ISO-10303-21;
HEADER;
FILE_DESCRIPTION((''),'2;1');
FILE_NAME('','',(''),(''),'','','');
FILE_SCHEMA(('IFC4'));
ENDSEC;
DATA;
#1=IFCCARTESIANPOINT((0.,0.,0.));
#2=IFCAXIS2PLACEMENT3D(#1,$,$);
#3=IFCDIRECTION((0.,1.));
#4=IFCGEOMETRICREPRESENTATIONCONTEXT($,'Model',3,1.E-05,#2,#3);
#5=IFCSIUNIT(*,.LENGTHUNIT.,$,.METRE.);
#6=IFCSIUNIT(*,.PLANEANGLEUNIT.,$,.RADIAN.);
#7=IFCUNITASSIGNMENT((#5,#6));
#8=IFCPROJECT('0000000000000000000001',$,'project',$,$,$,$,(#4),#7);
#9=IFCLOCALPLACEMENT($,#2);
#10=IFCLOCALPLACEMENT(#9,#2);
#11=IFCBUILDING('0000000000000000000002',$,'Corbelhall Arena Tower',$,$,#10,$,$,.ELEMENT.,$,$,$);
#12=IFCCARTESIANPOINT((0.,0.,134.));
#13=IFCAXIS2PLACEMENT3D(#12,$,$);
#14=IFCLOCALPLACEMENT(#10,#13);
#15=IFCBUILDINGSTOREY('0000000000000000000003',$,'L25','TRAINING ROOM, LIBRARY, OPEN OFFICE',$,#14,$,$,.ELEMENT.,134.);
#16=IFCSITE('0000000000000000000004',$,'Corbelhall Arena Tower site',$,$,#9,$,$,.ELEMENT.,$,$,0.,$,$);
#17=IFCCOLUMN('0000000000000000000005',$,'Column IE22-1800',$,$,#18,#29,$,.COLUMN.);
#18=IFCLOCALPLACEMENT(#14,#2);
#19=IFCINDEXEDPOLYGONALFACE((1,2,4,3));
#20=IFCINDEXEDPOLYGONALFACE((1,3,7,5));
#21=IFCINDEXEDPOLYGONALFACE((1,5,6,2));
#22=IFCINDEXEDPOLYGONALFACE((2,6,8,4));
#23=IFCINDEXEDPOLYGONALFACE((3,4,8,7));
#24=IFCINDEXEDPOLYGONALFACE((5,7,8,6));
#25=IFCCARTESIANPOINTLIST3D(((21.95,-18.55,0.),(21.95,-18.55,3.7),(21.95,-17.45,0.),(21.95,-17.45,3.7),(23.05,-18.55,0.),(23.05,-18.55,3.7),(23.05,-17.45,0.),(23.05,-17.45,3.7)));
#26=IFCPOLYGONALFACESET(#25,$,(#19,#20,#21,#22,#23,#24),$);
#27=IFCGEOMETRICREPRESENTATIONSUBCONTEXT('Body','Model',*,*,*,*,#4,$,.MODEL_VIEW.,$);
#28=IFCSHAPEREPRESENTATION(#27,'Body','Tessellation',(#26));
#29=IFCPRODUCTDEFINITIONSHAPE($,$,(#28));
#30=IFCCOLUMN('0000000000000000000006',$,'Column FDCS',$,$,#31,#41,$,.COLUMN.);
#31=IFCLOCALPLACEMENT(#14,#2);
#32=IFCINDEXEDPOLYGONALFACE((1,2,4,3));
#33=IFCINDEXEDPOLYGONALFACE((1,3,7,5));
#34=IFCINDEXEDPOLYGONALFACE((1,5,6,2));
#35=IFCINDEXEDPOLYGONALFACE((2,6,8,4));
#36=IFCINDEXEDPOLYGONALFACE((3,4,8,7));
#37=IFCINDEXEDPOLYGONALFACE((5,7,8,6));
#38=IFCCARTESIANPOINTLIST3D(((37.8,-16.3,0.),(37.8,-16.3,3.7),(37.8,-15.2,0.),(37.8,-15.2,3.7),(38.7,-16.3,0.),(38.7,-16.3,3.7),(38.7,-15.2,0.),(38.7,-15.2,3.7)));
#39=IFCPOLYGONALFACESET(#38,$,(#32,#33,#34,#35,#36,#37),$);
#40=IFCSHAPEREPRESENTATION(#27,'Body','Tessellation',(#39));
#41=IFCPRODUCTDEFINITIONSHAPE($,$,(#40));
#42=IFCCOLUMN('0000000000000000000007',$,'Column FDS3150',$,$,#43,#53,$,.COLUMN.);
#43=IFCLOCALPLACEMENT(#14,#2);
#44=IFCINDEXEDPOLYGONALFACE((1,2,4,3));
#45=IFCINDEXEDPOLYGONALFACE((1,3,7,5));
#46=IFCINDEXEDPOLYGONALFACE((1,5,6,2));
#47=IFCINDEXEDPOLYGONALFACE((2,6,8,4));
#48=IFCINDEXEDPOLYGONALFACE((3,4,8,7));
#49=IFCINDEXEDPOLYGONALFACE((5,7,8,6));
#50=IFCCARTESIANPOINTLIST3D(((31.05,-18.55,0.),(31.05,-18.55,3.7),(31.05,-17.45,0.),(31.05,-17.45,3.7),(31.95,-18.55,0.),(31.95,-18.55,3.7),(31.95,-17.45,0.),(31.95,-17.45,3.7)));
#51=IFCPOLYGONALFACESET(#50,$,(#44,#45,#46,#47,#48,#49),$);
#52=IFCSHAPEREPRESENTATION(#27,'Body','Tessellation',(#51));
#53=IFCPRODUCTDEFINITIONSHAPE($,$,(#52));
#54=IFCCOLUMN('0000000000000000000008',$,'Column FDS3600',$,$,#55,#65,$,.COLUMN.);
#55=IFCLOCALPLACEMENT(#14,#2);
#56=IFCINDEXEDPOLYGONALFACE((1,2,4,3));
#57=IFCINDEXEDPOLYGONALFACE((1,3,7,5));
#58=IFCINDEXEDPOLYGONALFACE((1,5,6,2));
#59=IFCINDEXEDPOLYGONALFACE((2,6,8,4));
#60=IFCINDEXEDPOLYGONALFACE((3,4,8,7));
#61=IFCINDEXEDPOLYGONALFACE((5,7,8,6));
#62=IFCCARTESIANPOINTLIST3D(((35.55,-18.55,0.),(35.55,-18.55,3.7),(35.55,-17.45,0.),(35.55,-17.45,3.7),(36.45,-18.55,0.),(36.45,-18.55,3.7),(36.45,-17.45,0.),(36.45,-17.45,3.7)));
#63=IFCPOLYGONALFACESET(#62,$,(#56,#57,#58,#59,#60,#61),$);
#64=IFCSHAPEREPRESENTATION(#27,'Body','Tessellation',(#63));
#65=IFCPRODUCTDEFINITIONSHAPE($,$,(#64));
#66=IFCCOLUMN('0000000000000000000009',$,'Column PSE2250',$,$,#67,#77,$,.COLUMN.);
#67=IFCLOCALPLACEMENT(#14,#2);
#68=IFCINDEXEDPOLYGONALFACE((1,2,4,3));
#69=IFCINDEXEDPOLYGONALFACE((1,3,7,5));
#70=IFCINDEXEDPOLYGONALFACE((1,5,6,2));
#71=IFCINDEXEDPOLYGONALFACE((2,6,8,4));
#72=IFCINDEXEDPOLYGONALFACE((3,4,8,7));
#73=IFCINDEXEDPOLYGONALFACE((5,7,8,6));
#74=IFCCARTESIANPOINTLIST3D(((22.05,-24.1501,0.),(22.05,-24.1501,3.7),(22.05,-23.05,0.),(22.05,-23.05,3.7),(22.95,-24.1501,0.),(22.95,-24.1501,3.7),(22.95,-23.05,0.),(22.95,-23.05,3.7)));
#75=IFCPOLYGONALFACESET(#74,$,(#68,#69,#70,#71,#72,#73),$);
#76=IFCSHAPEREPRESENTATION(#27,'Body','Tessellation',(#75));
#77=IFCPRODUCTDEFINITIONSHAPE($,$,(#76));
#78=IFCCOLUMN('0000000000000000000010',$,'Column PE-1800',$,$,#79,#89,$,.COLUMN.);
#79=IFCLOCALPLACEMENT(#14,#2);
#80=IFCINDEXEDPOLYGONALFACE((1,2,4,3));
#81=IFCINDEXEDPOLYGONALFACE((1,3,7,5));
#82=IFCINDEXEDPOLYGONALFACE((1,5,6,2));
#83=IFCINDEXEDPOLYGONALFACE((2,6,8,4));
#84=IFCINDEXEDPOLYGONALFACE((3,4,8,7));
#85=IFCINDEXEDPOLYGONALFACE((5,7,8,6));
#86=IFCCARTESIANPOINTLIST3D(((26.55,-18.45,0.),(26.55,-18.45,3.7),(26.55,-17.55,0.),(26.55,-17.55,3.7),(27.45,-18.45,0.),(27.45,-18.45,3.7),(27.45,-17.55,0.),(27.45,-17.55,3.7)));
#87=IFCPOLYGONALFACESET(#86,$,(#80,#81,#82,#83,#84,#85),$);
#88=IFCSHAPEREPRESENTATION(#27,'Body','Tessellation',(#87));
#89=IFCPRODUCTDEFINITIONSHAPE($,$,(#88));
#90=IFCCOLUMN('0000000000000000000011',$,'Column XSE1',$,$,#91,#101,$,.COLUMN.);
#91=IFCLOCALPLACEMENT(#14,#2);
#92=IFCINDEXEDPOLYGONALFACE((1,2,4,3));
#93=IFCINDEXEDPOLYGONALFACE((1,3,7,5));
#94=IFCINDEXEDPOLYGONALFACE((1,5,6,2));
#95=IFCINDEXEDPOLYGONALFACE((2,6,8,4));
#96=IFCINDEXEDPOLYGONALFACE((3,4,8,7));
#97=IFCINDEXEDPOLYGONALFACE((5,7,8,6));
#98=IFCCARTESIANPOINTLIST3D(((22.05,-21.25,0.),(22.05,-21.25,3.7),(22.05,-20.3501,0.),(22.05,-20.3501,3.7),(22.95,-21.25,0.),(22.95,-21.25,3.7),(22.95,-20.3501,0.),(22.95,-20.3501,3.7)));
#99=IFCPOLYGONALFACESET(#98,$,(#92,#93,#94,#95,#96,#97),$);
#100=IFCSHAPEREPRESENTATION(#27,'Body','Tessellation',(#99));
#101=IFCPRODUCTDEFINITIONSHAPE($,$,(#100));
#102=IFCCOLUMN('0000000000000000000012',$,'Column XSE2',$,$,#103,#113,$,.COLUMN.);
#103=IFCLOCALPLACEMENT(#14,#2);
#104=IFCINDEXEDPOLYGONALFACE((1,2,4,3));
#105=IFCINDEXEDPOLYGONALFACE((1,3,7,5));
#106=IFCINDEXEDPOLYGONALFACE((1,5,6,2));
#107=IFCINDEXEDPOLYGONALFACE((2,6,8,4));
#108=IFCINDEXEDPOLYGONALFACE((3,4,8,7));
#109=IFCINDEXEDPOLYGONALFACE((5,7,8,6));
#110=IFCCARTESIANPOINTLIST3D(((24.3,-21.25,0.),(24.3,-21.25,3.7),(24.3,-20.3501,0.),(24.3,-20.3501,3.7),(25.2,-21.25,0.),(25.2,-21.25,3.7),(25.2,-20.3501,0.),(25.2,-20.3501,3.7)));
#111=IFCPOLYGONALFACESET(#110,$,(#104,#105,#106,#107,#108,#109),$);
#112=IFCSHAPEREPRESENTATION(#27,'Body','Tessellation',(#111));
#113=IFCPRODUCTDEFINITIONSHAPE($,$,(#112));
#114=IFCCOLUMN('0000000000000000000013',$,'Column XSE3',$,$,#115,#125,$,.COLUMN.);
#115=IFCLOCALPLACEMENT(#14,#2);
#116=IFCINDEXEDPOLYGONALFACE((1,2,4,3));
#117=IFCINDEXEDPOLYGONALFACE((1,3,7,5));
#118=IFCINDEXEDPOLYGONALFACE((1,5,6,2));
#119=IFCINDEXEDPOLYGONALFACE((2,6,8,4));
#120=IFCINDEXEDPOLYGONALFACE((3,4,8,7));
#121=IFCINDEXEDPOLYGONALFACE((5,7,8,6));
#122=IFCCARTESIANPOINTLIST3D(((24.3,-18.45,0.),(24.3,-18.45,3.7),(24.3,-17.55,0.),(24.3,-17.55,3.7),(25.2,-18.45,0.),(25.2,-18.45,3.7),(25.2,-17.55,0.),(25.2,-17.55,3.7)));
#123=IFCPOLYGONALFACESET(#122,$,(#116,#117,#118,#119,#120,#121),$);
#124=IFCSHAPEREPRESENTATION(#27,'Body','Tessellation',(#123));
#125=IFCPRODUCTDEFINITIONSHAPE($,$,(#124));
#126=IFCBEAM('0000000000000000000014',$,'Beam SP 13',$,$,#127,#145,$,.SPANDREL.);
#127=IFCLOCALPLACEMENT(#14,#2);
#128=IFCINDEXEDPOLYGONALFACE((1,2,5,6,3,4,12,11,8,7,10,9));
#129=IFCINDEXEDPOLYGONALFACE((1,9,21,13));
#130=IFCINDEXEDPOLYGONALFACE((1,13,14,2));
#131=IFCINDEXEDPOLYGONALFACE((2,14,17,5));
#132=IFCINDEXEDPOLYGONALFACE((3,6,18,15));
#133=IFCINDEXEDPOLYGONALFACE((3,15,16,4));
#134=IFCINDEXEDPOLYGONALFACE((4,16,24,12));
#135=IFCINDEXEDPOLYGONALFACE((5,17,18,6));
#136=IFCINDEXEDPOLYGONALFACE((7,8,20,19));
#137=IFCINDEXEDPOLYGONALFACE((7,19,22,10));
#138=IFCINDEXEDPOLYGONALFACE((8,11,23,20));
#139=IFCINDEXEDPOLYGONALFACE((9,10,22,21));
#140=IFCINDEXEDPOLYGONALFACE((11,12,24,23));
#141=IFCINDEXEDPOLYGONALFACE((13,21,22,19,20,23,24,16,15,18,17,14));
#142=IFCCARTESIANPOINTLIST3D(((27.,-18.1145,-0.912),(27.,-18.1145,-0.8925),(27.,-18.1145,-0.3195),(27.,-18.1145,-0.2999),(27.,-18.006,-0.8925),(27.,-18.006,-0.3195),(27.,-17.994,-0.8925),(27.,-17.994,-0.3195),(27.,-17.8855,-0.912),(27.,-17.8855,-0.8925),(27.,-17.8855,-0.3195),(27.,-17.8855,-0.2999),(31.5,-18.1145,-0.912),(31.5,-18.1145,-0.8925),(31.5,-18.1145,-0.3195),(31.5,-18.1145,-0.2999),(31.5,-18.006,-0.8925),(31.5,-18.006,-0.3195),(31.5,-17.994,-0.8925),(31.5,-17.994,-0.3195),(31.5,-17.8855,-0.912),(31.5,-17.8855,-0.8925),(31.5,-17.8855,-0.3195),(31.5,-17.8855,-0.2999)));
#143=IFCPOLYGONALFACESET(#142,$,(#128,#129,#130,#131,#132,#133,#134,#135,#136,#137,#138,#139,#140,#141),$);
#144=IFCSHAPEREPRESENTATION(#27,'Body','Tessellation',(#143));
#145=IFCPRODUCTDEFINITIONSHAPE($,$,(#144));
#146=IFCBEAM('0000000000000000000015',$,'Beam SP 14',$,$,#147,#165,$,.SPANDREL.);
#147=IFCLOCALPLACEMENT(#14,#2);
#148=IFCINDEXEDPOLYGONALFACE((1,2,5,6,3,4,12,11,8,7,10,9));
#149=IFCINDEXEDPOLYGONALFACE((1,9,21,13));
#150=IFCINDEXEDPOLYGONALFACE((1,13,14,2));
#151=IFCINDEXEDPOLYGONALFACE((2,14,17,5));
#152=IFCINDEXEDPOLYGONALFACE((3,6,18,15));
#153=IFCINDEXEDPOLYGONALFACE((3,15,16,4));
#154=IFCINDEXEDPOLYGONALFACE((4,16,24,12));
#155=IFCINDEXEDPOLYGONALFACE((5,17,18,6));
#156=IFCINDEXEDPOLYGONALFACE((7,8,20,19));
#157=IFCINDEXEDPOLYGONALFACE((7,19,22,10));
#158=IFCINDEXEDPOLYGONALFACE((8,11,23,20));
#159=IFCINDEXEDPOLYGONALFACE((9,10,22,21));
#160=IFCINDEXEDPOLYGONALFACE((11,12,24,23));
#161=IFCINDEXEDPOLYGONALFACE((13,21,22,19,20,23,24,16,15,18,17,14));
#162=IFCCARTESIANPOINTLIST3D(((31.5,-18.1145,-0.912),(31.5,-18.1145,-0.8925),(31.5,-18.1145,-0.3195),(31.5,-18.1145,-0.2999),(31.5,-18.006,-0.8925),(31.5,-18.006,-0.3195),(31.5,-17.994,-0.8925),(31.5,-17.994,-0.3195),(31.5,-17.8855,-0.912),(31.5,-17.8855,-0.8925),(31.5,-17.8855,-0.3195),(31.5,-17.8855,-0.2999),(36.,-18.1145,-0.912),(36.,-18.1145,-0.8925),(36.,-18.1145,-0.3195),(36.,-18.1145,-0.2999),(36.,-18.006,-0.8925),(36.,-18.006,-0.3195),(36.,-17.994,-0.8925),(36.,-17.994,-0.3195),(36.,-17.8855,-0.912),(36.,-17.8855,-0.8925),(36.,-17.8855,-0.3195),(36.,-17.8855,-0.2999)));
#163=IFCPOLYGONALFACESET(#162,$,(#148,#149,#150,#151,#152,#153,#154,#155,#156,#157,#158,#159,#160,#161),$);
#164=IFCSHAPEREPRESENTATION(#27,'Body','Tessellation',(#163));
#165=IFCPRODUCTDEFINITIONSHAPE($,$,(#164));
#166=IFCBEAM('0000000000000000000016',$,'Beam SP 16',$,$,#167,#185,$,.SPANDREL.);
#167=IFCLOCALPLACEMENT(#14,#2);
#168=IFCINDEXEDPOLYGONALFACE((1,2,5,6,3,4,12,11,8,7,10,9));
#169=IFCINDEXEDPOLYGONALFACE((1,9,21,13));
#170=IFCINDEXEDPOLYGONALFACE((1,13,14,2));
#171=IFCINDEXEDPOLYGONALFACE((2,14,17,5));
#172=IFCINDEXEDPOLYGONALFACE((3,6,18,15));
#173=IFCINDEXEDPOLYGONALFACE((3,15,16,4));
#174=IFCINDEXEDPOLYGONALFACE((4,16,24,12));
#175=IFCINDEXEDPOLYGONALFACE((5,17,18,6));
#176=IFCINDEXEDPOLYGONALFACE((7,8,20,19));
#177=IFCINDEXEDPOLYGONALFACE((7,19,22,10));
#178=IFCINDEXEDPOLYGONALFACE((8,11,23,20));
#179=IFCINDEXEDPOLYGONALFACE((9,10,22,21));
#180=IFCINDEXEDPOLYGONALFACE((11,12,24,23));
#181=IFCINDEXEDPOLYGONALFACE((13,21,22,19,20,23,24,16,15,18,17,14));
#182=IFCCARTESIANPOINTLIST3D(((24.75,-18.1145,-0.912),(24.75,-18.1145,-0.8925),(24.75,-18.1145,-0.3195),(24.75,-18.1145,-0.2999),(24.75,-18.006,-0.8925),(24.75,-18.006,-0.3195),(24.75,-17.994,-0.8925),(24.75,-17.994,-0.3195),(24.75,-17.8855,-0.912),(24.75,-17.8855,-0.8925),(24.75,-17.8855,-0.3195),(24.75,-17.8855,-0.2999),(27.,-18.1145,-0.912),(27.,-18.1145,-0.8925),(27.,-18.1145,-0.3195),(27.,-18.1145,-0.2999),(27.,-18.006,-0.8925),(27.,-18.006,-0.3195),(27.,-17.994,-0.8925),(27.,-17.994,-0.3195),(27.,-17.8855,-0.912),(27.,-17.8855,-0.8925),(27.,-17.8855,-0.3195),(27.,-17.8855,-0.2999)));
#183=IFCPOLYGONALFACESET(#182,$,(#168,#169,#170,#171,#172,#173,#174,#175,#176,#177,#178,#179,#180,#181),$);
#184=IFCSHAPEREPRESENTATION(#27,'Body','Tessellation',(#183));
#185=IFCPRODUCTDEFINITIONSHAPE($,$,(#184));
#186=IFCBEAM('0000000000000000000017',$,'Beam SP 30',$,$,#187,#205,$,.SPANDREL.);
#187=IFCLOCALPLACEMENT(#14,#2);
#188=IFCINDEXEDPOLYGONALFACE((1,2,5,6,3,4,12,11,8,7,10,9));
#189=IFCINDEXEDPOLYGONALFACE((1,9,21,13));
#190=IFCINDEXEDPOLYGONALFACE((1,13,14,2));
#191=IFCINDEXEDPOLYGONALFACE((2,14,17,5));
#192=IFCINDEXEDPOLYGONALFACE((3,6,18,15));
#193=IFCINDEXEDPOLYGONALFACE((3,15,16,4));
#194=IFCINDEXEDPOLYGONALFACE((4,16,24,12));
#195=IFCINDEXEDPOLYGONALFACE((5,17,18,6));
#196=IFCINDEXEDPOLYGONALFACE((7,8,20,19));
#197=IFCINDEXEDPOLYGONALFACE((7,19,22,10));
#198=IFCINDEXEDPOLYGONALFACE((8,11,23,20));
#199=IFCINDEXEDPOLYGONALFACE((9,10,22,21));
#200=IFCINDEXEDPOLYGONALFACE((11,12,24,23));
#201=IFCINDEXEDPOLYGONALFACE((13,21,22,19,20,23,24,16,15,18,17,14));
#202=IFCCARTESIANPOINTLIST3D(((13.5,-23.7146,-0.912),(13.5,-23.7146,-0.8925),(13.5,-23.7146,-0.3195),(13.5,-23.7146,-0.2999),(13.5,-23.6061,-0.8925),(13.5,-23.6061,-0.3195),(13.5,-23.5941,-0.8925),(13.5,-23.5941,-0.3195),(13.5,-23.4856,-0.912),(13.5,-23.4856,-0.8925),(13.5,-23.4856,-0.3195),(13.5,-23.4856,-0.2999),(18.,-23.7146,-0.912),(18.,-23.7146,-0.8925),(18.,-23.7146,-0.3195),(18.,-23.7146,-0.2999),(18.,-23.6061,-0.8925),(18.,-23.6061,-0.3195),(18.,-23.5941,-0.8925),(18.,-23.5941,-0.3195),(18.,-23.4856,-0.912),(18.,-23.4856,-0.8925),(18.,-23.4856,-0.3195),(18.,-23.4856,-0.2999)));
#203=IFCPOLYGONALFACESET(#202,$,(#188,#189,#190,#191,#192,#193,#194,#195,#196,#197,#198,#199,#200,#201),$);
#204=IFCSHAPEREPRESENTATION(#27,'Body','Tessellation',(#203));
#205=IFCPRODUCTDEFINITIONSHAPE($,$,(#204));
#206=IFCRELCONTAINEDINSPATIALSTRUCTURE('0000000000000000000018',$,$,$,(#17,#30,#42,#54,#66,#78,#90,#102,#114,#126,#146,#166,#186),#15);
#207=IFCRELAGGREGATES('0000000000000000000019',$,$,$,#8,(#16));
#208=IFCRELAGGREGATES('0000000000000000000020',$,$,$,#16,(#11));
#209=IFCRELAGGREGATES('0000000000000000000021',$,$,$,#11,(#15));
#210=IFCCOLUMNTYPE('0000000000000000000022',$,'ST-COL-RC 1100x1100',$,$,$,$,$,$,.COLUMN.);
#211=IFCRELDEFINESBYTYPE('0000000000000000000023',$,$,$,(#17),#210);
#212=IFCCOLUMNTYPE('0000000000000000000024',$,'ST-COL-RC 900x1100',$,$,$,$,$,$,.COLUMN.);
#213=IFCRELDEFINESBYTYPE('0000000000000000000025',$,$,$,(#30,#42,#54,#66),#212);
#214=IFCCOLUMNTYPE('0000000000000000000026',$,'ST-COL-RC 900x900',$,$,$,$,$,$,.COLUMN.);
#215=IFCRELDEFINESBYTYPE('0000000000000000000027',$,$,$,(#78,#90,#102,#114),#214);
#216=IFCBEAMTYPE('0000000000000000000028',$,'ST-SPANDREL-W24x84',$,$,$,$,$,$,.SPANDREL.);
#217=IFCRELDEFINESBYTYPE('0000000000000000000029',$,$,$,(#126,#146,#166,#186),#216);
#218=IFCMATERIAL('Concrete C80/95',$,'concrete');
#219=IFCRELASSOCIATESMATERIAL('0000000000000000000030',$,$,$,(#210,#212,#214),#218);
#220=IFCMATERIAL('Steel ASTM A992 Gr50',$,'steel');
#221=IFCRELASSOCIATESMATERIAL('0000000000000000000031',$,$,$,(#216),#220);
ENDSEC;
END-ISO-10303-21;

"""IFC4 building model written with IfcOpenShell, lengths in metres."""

from ifc_helpers import new_model, si_unit, direction, frame, origin, origin_2d, place, context, subcontext, project, spatial, rectangle, i_section, extrude, material, material_profile, profile_set, type_object, element, save


model = new_model("IFC4")

# Units and contexts
model_context = context("Model", 3, precision=1e-05, world=origin(), true_north=direction((0.0, 1.0)))
body_context = subcontext(model_context, "Body", "Model", "MODEL_VIEW")
ifc_project = project(units=[si_unit("LENGTHUNIT", "METRE"), si_unit("PLANEANGLEUNIT", "RADIAN")], contexts=[model_context])

# Site, building, storey
site_placement = place(None, origin())
site = spatial("IfcSite", under=ifc_project, at=site_placement, Name="Corbelhall Arena Tower site", CompositionType="ELEMENT", RefElevation=0.0)
building_placement = place(site_placement, origin())
building = spatial("IfcBuilding", under=site, at=building_placement, Name="Corbelhall Arena Tower", CompositionType="ELEMENT")
storey_placement = place(building_placement, frame((0.0, 0.0, 134.0)))
storey = spatial("IfcBuildingStorey", under=building, at=storey_placement, Name="L25", Description="TRAINING ROOM, LIBRARY, OPEN OFFICE", CompositionType="ELEMENT", Elevation=134.0)

# Columns
ifc_material_1 = material(Name="Concrete C80/95", Category="concrete")
ifc_material_profile_1 = material_profile(ifc_material_1, rectangle(XDim=1.1001, YDim=1.1001, at=origin_2d()))
ifc_profile_set_1 = profile_set([ifc_material_profile_1], Name="Concrete C80/95")
column_type_1 = type_object("IfcColumnType", Name="ST-COL-RC 1100x1100", PredefinedType="COLUMN", material=ifc_profile_set_1)
column_placement = place(storey_placement, frame((22.5, -18.0, 0.0), z_axis=(0.0, 0.0, 1.0), x_axis=(1.0, 0.0, 0.0)))
element("IfcColumn", 1, at=column_placement, inside=storey, type_object=column_type_1, Name="Column IE22-1800", PredefinedType="COLUMN", context=body_context, shape_type="SweptSolid", body=[
    extrude(rectangle(XDim=1.1001, YDim=1.1001, at=origin_2d()), origin(), (0.0, 0.0, 1.0), 3.7),
])
ifc_material_profile_2 = material_profile(ifc_material_1, rectangle(XDim=0.8999, YDim=1.1001, at=origin_2d()))
ifc_profile_set_2 = profile_set([ifc_material_profile_2], Name="Concrete C80/95")
column_type_2 = type_object("IfcColumnType", Name="ST-COL-RC 900x1100", PredefinedType="COLUMN", material=ifc_profile_set_2)
for number, where, z_axis, x_axis, name in (
    (2, (38.25, -15.75, 0.0), (0.0, 0.0, 1.0), (1.0, 0.0, 0.0), "Column FDCS"),
    (3, (31.5, -18.0, 0.0), (0.0, 0.0, 1.0), (1.0, 0.0, 0.0), "Column FDS3150"),
    (4, (36.0, -18.0, 0.0), (0.0, 0.0, 1.0), (1.0, 0.0, 0.0), "Column FDS3600"),
    (5, (22.5, -23.6001, 0.0), (0.0, 0.0, 1.0), (1.0, 0.0, 0.0), "Column PSE2250"),
):
    element("IfcColumn", number, at=place(storey_placement, frame(where, z_axis=z_axis, x_axis=x_axis)), inside=storey, type_object=column_type_2, Name=name, PredefinedType="COLUMN", context=body_context, shape_type="SweptSolid", body=[
        extrude(rectangle(XDim=0.8999, YDim=1.1001, at=origin_2d()), origin(), (0.0, 0.0, 1.0), 3.7),
    ])
ifc_material_profile_3 = material_profile(ifc_material_1, rectangle(XDim=0.8999, YDim=0.8999, at=origin_2d()))
ifc_profile_set_3 = profile_set([ifc_material_profile_3], Name="Concrete C80/95")
column_type_3 = type_object("IfcColumnType", Name="ST-COL-RC 900x900", PredefinedType="COLUMN", material=ifc_profile_set_3)
for number, where, z_axis, x_axis, name in (
    (6, (27.0, -18.0, 0.0), (0.0, 0.0, 1.0), (1.0, 0.0, 0.0), "Column PE-1800"),
    (7, (22.5, -20.8, 0.0), (0.0, 0.0, 1.0), (1.0, 0.0, 0.0), "Column XSE1"),
    (8, (24.75, -20.8, 0.0), (0.0, 0.0, 1.0), (1.0, 0.0, 0.0), "Column XSE2"),
    (9, (24.75, -18.0, 0.0), (0.0, 0.0, 1.0), (1.0, 0.0, 0.0), "Column XSE3"),
):
    element("IfcColumn", number, at=place(storey_placement, frame(where, z_axis=z_axis, x_axis=x_axis)), inside=storey, type_object=column_type_3, Name=name, PredefinedType="COLUMN", context=body_context, shape_type="SweptSolid", body=[
        extrude(rectangle(XDim=0.8999, YDim=0.8999, at=origin_2d()), origin(), (0.0, 0.0, 1.0), 3.7),
    ])

# Beams
ifc_material_2 = material(Name="Steel ASTM A992 Gr50", Category="steel")
ifc_material_profile_4 = material_profile(ifc_material_2, i_section(OverallWidth=0.229, OverallDepth=0.6121, WebThickness=0.012, FlangeThickness=0.0195, at=origin_2d()))
ifc_profile_set_4 = profile_set([ifc_material_profile_4], Name="Steel ASTM A992 Gr50")
beam_type = type_object("IfcBeamType", Name="ST-SPANDREL-W24x84", PredefinedType="SPANDREL", material=ifc_profile_set_4)
for number, where, z_axis, x_axis, name in (
    (10, (31.5, -18.0, -0.606), (-1.0, 0.0, 0.0), (0.0, -1.0, 0.0), "Beam SP 13"),
    (11, (36.0, -18.0, -0.606), (-1.0, 0.0, 0.0), (0.0, -1.0, 0.0), "Beam SP 14"),
):
    element("IfcBeam", number, at=place(storey_placement, frame(where, z_axis=z_axis, x_axis=x_axis)), inside=storey, type_object=beam_type, Name=name, PredefinedType="SPANDREL", context=body_context, shape_type="SweptSolid", body=[
        extrude(i_section(OverallWidth=0.229, OverallDepth=0.6121, WebThickness=0.012, FlangeThickness=0.0195, at=origin_2d()), origin(), (0.0, 0.0, 1.0), 4.5),
    ])
beam_1_placement = place(storey_placement, frame((27.0, -18.0, -0.606), z_axis=(-1.0, 0.0, 0.0), x_axis=(0.0, -1.0, 0.0)))
element("IfcBeam", 12, at=beam_1_placement, inside=storey, type_object=beam_type, Name="Beam SP 16", PredefinedType="SPANDREL", context=body_context, shape_type="SweptSolid", body=[
    extrude(i_section(OverallWidth=0.229, OverallDepth=0.6121, WebThickness=0.012, FlangeThickness=0.0195, at=origin_2d()), origin(), (0.0, 0.0, 1.0), 2.25),
])
for number, where, z_axis, x_axis, name in (
    (13, (18.0, -23.6001, -0.606), (-1.0, 0.0, 0.0), (0.0, -1.0, 0.0), "Beam SP 30"),
):
    element("IfcBeam", number, at=place(storey_placement, frame(where, z_axis=z_axis, x_axis=x_axis)), inside=storey, type_object=beam_type, Name=name, PredefinedType="SPANDREL", context=body_context, shape_type="SweptSolid", body=[
        extrude(i_section(OverallWidth=0.229, OverallDepth=0.6121, WebThickness=0.012, FlangeThickness=0.0195, at=origin_2d()), origin(), (0.0, 0.0, 1.0), 4.5),
    ])

save(model, "model.ifc")
